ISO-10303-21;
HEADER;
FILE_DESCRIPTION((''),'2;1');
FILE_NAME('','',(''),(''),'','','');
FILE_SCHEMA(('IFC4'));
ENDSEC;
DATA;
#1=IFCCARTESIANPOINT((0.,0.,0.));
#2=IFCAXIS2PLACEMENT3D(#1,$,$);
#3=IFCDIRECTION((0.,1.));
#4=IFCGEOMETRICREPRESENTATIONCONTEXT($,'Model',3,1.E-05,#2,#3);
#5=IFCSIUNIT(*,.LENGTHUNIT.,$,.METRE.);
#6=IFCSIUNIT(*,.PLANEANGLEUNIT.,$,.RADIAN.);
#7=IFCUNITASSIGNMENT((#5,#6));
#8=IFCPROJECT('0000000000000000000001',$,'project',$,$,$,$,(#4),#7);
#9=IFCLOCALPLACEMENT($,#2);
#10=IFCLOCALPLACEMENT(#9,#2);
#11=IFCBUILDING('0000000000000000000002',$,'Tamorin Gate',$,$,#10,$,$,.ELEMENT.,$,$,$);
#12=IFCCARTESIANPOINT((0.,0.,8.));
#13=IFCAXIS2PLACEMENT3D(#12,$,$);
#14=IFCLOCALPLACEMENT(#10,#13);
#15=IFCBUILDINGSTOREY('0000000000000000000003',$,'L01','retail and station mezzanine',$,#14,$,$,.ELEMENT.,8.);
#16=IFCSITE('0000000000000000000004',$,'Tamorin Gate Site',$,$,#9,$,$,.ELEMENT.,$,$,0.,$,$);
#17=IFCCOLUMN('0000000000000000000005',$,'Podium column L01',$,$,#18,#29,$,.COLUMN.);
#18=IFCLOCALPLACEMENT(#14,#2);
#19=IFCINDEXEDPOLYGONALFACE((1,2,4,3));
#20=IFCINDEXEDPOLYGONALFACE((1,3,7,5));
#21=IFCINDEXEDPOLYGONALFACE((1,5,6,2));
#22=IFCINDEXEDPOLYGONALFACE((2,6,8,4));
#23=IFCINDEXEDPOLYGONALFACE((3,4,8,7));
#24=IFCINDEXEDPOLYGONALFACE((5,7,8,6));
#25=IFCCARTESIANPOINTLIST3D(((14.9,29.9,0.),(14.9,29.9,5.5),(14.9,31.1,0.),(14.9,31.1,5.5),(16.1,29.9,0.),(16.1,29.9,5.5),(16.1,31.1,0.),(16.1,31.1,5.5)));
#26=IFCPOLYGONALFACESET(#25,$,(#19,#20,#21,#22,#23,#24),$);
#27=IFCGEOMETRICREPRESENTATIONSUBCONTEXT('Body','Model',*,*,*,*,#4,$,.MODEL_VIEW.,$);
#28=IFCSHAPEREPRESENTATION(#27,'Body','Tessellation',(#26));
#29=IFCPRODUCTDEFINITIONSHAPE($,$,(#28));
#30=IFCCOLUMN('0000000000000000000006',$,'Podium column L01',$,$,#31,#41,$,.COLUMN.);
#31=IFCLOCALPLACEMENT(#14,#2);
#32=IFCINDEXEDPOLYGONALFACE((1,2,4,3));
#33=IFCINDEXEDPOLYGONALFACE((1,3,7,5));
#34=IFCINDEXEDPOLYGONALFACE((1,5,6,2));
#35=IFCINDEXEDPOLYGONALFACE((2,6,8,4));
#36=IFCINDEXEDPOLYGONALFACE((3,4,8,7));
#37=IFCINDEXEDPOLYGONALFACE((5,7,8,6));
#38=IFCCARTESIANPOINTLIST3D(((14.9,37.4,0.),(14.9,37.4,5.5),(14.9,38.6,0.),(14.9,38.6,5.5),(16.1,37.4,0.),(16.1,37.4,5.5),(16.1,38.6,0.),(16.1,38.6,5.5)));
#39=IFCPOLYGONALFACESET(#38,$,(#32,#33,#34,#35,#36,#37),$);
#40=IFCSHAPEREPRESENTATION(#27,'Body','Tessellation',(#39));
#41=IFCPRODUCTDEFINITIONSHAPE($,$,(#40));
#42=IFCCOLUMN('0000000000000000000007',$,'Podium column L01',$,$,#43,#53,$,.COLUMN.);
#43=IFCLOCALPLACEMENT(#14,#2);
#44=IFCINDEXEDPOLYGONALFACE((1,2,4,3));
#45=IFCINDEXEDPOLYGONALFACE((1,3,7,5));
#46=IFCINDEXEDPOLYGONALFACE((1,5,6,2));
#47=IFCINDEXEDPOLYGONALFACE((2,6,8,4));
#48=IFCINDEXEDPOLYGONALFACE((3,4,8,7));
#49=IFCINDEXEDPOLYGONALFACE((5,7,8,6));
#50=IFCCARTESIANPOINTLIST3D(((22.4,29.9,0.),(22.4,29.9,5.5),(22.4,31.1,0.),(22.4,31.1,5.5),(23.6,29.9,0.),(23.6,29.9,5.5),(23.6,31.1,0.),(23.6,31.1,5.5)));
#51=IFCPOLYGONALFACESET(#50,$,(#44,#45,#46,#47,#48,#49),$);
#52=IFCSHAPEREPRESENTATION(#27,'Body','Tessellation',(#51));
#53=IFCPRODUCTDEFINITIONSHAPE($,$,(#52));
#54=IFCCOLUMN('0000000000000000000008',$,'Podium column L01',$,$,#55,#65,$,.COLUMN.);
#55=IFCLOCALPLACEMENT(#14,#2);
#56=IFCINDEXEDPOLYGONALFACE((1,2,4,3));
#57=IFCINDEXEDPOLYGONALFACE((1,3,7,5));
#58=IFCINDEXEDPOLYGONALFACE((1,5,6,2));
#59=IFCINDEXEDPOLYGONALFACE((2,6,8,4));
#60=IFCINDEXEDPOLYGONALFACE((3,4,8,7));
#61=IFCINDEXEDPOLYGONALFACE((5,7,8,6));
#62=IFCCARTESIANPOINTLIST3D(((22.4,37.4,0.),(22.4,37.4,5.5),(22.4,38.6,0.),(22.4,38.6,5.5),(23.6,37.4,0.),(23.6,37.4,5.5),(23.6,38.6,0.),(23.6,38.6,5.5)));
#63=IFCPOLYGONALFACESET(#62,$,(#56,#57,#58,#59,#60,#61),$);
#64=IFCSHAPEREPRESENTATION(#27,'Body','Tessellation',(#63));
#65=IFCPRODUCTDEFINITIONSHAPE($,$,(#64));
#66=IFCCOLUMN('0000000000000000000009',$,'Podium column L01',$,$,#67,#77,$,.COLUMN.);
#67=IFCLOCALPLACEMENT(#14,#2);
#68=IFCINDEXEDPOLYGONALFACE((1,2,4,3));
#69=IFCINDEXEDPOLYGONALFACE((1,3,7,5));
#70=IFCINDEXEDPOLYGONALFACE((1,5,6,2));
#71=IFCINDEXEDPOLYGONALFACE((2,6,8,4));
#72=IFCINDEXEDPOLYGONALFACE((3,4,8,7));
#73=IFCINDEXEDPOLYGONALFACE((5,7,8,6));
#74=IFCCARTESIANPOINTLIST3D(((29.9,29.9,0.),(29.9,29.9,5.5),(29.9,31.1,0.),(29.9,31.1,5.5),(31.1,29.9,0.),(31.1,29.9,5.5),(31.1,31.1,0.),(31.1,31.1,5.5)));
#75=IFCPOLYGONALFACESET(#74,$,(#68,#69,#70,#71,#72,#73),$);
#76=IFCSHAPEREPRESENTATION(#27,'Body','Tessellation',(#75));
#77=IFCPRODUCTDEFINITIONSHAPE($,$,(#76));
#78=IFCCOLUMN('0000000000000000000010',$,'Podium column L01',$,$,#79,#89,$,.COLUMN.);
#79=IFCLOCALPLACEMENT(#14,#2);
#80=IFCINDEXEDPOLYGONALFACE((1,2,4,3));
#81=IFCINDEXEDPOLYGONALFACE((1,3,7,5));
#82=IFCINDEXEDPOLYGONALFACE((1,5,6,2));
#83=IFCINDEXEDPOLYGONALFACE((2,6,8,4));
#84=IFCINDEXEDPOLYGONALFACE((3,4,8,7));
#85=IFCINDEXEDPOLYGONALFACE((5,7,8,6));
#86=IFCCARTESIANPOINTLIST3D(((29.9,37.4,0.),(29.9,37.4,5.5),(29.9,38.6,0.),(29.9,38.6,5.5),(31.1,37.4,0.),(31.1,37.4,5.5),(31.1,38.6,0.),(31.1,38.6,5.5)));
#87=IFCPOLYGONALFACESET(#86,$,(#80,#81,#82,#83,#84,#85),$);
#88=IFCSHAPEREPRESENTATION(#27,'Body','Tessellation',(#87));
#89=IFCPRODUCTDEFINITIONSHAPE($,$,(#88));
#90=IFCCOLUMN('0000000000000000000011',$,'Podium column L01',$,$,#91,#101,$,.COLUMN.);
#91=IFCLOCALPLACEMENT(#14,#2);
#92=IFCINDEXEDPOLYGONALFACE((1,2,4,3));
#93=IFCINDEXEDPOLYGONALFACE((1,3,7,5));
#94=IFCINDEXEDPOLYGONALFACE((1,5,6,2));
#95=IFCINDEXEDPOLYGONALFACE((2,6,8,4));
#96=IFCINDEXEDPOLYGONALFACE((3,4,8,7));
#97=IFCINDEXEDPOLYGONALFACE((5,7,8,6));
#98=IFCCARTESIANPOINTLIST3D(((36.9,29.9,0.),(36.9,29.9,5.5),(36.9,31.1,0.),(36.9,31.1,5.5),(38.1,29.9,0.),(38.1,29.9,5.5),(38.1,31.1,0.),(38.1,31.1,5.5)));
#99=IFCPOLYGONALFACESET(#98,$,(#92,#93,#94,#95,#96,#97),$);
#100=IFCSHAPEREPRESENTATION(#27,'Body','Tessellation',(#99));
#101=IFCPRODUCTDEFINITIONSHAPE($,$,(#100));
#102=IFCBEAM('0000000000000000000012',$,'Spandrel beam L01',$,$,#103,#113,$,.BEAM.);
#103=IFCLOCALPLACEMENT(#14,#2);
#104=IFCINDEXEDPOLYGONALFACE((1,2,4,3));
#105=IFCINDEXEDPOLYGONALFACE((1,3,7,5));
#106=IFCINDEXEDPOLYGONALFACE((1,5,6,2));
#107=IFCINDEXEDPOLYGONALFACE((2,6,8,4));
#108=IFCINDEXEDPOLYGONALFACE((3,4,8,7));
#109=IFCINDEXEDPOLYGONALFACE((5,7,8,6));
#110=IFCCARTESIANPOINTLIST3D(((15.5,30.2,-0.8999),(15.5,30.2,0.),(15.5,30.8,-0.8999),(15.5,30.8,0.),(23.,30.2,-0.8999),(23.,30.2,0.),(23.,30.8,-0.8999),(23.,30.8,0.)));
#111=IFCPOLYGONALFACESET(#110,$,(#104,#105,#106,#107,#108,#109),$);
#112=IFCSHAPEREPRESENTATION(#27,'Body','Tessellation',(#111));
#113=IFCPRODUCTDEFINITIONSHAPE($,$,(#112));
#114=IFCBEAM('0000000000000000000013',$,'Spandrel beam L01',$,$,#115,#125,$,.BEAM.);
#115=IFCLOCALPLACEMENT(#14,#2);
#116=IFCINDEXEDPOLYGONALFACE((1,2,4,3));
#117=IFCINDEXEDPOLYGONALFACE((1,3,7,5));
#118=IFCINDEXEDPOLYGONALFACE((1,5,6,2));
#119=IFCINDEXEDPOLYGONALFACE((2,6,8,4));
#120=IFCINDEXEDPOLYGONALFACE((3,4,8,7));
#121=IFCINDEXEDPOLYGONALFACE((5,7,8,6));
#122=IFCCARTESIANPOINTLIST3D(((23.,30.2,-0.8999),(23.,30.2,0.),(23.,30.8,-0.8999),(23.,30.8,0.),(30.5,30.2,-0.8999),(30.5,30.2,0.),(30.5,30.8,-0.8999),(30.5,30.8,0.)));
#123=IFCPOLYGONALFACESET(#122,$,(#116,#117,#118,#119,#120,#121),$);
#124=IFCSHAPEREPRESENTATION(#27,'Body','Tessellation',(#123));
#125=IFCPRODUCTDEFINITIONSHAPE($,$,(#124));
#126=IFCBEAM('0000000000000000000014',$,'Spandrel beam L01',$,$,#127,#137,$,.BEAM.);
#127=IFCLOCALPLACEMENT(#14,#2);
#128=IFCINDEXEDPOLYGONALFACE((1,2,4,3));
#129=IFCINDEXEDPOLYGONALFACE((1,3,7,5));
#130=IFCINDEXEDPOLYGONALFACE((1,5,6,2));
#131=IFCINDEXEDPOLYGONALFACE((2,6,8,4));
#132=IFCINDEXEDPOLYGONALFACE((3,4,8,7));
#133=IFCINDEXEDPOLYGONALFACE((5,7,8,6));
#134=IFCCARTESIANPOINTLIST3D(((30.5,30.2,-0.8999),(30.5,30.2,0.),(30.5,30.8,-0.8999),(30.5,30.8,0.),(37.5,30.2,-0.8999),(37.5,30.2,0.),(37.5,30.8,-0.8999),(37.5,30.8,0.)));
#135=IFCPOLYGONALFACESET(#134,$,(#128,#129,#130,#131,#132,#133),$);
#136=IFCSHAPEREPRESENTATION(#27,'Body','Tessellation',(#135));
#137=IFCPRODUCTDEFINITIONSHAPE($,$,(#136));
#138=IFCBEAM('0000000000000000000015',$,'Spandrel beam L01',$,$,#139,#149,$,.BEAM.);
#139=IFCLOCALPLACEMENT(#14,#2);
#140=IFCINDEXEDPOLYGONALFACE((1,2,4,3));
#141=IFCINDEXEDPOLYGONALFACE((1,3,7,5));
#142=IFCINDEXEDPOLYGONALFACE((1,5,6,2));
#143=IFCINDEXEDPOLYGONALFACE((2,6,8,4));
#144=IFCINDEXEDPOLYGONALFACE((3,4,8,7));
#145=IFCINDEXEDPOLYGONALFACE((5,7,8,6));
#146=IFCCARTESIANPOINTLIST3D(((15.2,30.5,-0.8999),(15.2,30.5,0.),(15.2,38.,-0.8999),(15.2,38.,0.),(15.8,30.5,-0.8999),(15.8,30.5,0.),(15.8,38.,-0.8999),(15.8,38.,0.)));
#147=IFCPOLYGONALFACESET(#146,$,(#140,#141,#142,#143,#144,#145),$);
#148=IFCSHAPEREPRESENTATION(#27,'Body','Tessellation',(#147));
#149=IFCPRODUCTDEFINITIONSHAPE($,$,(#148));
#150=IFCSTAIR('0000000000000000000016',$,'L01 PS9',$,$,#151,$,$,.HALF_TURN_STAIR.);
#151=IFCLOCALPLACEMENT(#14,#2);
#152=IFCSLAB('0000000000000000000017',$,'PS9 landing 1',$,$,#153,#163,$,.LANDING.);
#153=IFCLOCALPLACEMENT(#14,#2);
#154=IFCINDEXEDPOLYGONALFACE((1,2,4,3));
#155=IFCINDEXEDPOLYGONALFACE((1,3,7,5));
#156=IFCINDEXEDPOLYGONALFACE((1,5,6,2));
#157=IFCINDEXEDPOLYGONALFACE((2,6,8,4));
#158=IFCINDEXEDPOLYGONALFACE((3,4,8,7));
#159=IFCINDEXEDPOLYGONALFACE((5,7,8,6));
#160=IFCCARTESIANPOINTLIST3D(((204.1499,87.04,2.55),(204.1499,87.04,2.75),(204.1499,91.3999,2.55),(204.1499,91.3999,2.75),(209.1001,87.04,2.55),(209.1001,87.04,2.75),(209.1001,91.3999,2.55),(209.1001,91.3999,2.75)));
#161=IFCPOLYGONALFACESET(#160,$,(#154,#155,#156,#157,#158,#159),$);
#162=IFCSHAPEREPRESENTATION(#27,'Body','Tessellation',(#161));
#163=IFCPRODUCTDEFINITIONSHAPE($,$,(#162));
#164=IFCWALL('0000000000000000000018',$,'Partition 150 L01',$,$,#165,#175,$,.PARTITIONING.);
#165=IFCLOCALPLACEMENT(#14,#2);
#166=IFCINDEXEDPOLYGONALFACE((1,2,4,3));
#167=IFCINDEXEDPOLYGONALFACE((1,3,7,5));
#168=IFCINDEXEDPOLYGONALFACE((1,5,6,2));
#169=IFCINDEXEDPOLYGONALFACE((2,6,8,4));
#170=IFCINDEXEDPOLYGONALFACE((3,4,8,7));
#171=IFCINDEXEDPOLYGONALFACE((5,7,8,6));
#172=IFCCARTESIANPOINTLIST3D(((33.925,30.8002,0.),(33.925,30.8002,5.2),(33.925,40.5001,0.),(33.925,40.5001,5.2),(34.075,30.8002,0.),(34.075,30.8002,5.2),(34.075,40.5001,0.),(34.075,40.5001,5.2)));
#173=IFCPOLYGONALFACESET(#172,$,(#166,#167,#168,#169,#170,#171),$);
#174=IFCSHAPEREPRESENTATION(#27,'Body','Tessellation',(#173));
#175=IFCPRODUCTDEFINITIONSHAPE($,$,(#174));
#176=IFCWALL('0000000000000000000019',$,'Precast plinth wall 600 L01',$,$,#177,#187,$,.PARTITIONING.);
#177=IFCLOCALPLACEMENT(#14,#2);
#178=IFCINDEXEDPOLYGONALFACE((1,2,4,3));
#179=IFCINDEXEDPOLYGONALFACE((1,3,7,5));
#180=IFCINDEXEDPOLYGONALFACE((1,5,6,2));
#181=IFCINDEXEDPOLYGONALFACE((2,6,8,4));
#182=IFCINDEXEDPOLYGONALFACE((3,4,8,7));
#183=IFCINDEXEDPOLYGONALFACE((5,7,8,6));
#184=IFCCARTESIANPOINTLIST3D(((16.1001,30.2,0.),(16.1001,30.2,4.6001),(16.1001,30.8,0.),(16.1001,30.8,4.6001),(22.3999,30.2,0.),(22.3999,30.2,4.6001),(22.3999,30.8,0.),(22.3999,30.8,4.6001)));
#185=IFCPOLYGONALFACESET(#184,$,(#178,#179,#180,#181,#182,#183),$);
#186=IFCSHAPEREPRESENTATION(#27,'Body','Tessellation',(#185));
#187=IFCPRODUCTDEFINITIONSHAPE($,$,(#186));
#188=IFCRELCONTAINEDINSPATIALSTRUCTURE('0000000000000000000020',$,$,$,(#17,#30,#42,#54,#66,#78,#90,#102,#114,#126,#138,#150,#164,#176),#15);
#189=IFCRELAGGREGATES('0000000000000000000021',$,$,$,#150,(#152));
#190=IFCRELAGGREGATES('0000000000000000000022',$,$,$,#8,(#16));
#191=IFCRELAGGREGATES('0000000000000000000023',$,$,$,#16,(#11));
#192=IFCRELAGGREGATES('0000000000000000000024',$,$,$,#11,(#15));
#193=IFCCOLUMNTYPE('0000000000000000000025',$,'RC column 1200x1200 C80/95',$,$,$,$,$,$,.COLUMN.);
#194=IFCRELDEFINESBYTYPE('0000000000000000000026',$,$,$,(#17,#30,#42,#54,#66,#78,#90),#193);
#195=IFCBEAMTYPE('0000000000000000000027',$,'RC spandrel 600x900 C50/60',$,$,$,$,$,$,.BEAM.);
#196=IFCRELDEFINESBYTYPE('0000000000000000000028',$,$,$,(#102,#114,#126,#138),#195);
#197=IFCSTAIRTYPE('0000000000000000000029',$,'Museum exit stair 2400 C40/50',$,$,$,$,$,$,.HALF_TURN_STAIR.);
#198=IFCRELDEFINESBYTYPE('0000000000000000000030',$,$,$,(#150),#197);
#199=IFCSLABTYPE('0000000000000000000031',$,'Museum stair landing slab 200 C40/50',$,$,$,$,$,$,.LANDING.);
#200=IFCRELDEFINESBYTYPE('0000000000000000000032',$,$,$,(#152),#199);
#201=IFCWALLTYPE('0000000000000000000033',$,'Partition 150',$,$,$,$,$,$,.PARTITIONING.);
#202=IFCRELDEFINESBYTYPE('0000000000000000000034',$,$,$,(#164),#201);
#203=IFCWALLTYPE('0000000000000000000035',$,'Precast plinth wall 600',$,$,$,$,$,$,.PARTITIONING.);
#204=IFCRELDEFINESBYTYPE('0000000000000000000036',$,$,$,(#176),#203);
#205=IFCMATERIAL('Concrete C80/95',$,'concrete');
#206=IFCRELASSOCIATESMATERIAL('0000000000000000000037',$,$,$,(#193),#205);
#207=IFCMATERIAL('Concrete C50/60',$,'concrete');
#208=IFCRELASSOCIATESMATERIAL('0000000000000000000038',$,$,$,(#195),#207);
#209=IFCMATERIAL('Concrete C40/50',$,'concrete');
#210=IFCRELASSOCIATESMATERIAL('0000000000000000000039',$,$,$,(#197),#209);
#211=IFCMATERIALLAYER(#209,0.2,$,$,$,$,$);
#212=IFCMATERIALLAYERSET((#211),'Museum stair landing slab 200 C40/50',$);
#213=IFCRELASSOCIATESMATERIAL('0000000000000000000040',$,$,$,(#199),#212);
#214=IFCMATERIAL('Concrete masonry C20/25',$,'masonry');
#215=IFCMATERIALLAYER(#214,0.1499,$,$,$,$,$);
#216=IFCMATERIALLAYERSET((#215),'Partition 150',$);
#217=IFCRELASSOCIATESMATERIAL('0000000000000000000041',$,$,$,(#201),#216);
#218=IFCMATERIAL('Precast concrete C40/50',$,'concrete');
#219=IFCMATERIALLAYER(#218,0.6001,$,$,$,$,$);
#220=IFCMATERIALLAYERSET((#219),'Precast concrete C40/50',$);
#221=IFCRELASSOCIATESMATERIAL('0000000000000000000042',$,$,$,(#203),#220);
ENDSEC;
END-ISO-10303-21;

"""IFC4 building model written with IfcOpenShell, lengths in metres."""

from ifc_helpers import new_model, si_unit, direction, frame, frame_2d, origin, origin_2d, place, context, subcontext, project, spatial, polyline, rectangle, outline, extrude, material, layer, layer_set, material_profile, profile_set, type_object, element, aggregate, save


model = new_model("IFC4")

# Units and contexts
model_context = context("Model", 3, precision=1e-05, world=origin(), true_north=direction((0.0, 1.0)))
body_context = subcontext(model_context, "Body", "Model", "MODEL_VIEW")
ifc_project = project(units=[si_unit("LENGTHUNIT", "METRE"), si_unit("PLANEANGLEUNIT", "RADIAN")], contexts=[model_context])

# Site, building, storey
site_placement = place(None, origin())
site = spatial("IfcSite", under=ifc_project, at=site_placement, Name="Tamorin Gate Site", CompositionType="ELEMENT", RefElevation=0.0)
building_placement = place(site_placement, origin())
building = spatial("IfcBuilding", under=site, at=building_placement, Name="Tamorin Gate", CompositionType="ELEMENT")
storey_placement = place(building_placement, frame((0.0, 0.0, 8.0)))
storey = spatial("IfcBuildingStorey", under=building, at=storey_placement, Name="L01", Description="retail and station mezzanine", CompositionType="ELEMENT", Elevation=8.0)

# Columns
ifc_material_1 = material(Name="Concrete C80/95", Category="concrete")
ifc_material_profile_1 = material_profile(ifc_material_1, rectangle(XDim=1.2, YDim=1.2, at=origin_2d()), Name="RC 1200x1200")
ifc_profile_set_1 = profile_set([ifc_material_profile_1], Name="Concrete C80/95")
column_type = type_object("IfcColumnType", Name="RC column 1200x1200 C80/95", PredefinedType="COLUMN", material=ifc_profile_set_1)
for number, where, z_axis, x_axis, name in (
    (1, (15.5, 30.5, 0.0), (0.0, 0.0, 1.0), (1.0, 0.0, 0.0), "Podium column L01"),
    (2, (15.5, 38.0, 0.0), (0.0, 0.0, 1.0), (1.0, 0.0, 0.0), "Podium column L01"),
    (3, (23.0, 30.5, 0.0), (0.0, 0.0, 1.0), (1.0, 0.0, 0.0), "Podium column L01"),
    (4, (23.0, 38.0, 0.0), (0.0, 0.0, 1.0), (1.0, 0.0, 0.0), "Podium column L01"),
    (5, (30.5, 30.5, 0.0), (0.0, 0.0, 1.0), (1.0, 0.0, 0.0), "Podium column L01"),
    (6, (30.5, 38.0, 0.0), (0.0, 0.0, 1.0), (1.0, 0.0, 0.0), "Podium column L01"),
    (7, (37.5, 30.5, 0.0), (0.0, 0.0, 1.0), (1.0, 0.0, 0.0), "Podium column L01"),
):
    element("IfcColumn", number, at=place(storey_placement, frame(where, z_axis=z_axis, x_axis=x_axis)), inside=storey, type_object=column_type, Name=name, PredefinedType="COLUMN", context=body_context, shape_type="SweptSolid", body=[
        extrude(rectangle(XDim=1.2, YDim=1.2, at=origin_2d()), origin(), (0.0, 0.0, 1.0), 5.5),
    ])

# Beams
ifc_material_2 = material(Name="Concrete C50/60", Category="concrete")
ifc_material_profile_2 = material_profile(ifc_material_2, rectangle(XDim=0.6001, YDim=0.8999, at=origin_2d()), Name="RC 600x900")
ifc_profile_set_2 = profile_set([ifc_material_profile_2], Name="Concrete C50/60")
beam_type = type_object("IfcBeamType", Name="RC spandrel 600x900 C50/60", PredefinedType="BEAM", material=ifc_profile_set_2)
for number, where, z_axis, x_axis, name in (
    (8, (15.5, 30.5, -0.45), (1.0, 0.0, 0.0), (0.0, 1.0, 0.0), "Spandrel beam L01"),
    (9, (23.0, 30.5, -0.45), (1.0, 0.0, 0.0), (0.0, 1.0, 0.0), "Spandrel beam L01"),
):
    element("IfcBeam", number, at=place(storey_placement, frame(where, z_axis=z_axis, x_axis=x_axis)), inside=storey, type_object=beam_type, Name=name, PredefinedType="BEAM", context=body_context, shape_type="SweptSolid", body=[
        extrude(rectangle(XDim=0.6001, YDim=0.8999, at=origin_2d()), origin(), (0.0, 0.0, 1.0), 7.5),
    ])
beam_1_placement = place(storey_placement, frame((30.5, 30.5, -0.45), z_axis=(1.0, 0.0, 0.0), x_axis=(0.0, 1.0, 0.0)))
element("IfcBeam", 10, at=beam_1_placement, inside=storey, type_object=beam_type, Name="Spandrel beam L01", PredefinedType="BEAM", context=body_context, shape_type="SweptSolid", body=[
    extrude(rectangle(XDim=0.6001, YDim=0.8999, at=origin_2d()), origin(), (0.0, 0.0, 1.0), 7.0),
])
beam_2_placement = place(storey_placement, frame((15.5, 38.0, -0.45), z_axis=(0.0, -1.0, 0.0), x_axis=(1.0, 0.0, 0.0)))
element("IfcBeam", 11, at=beam_2_placement, inside=storey, type_object=beam_type, Name="Spandrel beam L01", PredefinedType="BEAM", context=body_context, shape_type="SweptSolid", body=[
    extrude(rectangle(XDim=0.6001, YDim=0.8999, at=origin_2d()), origin(), (0.0, 0.0, 1.0), 7.5),
])

# Stair, slab
ifc_material_3 = material(Name="Concrete C40/50", Category="concrete")
stair_type = type_object("IfcStairType", Name="Museum exit stair 2400 C40/50", PredefinedType="HALF_TURN_STAIR", material=ifc_material_3)
stair_placement = place(storey_placement, origin())
stair = element("IfcStair", 12, at=stair_placement, inside=storey, type_object=stair_type, Name="L01 PS9", PredefinedType="HALF_TURN_STAIR")
ifc_layer_1 = layer(ifc_material_3, 0.2)
ifc_layer_set_1 = layer_set([ifc_layer_1], Name="Museum stair landing slab 200 C40/50")
slab_type = type_object("IfcSlabType", Name="Museum stair landing slab 200 C40/50", PredefinedType="LANDING", material=ifc_layer_set_1)
slab_placement = place(storey_placement, frame((0.0, 0.0, 2.55)))
slab = element("IfcSlab", 13, at=slab_placement, type_object=slab_type, Name="PS9 landing 1", PredefinedType="LANDING", context=body_context, shape_type="SweptSolid", body=[
    extrude(outline(polyline([(204.1499, 91.3999), (204.1499, 87.04), (209.1001, 87.04), (209.1001, 91.3999), (204.1499, 91.3999)])), origin(), (0.0, 0.0, 1.0), 0.2),
])
aggregate(stair, [slab])

# Walls
ifc_material_4 = material(Name="Concrete masonry C20/25", Category="masonry")
ifc_layer_2 = layer(ifc_material_4, 0.1499)
ifc_layer_set_2 = layer_set([ifc_layer_2], Name="Partition 150")
wall_type_1 = type_object("IfcWallType", Name="Partition 150", PredefinedType="PARTITIONING", material=ifc_layer_set_2)
wall_1_placement = place(storey_placement, frame((34.0, 30.8, 0.0), z_axis=(0.0, 0.0, 1.0), x_axis=(0.0, 1.0, 0.0)))
element("IfcWall", 14, at=wall_1_placement, inside=storey, type_object=wall_type_1, Name="Partition 150 L01", PredefinedType="PARTITIONING", context=body_context, shape_type="SweptSolid", body=[
    extrude(rectangle(XDim=9.7, YDim=0.1499, at=frame_2d((4.8501, 0.0))), origin(), (0.0, 0.0, 1.0), 5.2),
])
ifc_material_5 = material(Name="Precast concrete C40/50", Category="concrete")
ifc_layer_3 = layer(ifc_material_5, 0.6001)
ifc_layer_set_3 = layer_set([ifc_layer_3], Name="Precast concrete C40/50")
wall_type_2 = type_object("IfcWallType", Name="Precast plinth wall 600", PredefinedType="PARTITIONING", material=ifc_layer_set_3)
wall_2_placement = place(storey_placement, frame((16.1001, 30.5, 0.0), z_axis=(0.0, 0.0, 1.0), x_axis=(1.0, 0.0, 0.0)))
element("IfcWall", 15, at=wall_2_placement, inside=storey, type_object=wall_type_2, Name="Precast plinth wall 600 L01", PredefinedType="PARTITIONING", context=body_context, shape_type="SweptSolid", body=[
    extrude(rectangle(XDim=6.2998, YDim=0.6001, at=frame_2d((3.1499, 0.0))), origin(), (0.0, 0.0, 1.0), 4.6001),
])

save(model, "model.ifc")
